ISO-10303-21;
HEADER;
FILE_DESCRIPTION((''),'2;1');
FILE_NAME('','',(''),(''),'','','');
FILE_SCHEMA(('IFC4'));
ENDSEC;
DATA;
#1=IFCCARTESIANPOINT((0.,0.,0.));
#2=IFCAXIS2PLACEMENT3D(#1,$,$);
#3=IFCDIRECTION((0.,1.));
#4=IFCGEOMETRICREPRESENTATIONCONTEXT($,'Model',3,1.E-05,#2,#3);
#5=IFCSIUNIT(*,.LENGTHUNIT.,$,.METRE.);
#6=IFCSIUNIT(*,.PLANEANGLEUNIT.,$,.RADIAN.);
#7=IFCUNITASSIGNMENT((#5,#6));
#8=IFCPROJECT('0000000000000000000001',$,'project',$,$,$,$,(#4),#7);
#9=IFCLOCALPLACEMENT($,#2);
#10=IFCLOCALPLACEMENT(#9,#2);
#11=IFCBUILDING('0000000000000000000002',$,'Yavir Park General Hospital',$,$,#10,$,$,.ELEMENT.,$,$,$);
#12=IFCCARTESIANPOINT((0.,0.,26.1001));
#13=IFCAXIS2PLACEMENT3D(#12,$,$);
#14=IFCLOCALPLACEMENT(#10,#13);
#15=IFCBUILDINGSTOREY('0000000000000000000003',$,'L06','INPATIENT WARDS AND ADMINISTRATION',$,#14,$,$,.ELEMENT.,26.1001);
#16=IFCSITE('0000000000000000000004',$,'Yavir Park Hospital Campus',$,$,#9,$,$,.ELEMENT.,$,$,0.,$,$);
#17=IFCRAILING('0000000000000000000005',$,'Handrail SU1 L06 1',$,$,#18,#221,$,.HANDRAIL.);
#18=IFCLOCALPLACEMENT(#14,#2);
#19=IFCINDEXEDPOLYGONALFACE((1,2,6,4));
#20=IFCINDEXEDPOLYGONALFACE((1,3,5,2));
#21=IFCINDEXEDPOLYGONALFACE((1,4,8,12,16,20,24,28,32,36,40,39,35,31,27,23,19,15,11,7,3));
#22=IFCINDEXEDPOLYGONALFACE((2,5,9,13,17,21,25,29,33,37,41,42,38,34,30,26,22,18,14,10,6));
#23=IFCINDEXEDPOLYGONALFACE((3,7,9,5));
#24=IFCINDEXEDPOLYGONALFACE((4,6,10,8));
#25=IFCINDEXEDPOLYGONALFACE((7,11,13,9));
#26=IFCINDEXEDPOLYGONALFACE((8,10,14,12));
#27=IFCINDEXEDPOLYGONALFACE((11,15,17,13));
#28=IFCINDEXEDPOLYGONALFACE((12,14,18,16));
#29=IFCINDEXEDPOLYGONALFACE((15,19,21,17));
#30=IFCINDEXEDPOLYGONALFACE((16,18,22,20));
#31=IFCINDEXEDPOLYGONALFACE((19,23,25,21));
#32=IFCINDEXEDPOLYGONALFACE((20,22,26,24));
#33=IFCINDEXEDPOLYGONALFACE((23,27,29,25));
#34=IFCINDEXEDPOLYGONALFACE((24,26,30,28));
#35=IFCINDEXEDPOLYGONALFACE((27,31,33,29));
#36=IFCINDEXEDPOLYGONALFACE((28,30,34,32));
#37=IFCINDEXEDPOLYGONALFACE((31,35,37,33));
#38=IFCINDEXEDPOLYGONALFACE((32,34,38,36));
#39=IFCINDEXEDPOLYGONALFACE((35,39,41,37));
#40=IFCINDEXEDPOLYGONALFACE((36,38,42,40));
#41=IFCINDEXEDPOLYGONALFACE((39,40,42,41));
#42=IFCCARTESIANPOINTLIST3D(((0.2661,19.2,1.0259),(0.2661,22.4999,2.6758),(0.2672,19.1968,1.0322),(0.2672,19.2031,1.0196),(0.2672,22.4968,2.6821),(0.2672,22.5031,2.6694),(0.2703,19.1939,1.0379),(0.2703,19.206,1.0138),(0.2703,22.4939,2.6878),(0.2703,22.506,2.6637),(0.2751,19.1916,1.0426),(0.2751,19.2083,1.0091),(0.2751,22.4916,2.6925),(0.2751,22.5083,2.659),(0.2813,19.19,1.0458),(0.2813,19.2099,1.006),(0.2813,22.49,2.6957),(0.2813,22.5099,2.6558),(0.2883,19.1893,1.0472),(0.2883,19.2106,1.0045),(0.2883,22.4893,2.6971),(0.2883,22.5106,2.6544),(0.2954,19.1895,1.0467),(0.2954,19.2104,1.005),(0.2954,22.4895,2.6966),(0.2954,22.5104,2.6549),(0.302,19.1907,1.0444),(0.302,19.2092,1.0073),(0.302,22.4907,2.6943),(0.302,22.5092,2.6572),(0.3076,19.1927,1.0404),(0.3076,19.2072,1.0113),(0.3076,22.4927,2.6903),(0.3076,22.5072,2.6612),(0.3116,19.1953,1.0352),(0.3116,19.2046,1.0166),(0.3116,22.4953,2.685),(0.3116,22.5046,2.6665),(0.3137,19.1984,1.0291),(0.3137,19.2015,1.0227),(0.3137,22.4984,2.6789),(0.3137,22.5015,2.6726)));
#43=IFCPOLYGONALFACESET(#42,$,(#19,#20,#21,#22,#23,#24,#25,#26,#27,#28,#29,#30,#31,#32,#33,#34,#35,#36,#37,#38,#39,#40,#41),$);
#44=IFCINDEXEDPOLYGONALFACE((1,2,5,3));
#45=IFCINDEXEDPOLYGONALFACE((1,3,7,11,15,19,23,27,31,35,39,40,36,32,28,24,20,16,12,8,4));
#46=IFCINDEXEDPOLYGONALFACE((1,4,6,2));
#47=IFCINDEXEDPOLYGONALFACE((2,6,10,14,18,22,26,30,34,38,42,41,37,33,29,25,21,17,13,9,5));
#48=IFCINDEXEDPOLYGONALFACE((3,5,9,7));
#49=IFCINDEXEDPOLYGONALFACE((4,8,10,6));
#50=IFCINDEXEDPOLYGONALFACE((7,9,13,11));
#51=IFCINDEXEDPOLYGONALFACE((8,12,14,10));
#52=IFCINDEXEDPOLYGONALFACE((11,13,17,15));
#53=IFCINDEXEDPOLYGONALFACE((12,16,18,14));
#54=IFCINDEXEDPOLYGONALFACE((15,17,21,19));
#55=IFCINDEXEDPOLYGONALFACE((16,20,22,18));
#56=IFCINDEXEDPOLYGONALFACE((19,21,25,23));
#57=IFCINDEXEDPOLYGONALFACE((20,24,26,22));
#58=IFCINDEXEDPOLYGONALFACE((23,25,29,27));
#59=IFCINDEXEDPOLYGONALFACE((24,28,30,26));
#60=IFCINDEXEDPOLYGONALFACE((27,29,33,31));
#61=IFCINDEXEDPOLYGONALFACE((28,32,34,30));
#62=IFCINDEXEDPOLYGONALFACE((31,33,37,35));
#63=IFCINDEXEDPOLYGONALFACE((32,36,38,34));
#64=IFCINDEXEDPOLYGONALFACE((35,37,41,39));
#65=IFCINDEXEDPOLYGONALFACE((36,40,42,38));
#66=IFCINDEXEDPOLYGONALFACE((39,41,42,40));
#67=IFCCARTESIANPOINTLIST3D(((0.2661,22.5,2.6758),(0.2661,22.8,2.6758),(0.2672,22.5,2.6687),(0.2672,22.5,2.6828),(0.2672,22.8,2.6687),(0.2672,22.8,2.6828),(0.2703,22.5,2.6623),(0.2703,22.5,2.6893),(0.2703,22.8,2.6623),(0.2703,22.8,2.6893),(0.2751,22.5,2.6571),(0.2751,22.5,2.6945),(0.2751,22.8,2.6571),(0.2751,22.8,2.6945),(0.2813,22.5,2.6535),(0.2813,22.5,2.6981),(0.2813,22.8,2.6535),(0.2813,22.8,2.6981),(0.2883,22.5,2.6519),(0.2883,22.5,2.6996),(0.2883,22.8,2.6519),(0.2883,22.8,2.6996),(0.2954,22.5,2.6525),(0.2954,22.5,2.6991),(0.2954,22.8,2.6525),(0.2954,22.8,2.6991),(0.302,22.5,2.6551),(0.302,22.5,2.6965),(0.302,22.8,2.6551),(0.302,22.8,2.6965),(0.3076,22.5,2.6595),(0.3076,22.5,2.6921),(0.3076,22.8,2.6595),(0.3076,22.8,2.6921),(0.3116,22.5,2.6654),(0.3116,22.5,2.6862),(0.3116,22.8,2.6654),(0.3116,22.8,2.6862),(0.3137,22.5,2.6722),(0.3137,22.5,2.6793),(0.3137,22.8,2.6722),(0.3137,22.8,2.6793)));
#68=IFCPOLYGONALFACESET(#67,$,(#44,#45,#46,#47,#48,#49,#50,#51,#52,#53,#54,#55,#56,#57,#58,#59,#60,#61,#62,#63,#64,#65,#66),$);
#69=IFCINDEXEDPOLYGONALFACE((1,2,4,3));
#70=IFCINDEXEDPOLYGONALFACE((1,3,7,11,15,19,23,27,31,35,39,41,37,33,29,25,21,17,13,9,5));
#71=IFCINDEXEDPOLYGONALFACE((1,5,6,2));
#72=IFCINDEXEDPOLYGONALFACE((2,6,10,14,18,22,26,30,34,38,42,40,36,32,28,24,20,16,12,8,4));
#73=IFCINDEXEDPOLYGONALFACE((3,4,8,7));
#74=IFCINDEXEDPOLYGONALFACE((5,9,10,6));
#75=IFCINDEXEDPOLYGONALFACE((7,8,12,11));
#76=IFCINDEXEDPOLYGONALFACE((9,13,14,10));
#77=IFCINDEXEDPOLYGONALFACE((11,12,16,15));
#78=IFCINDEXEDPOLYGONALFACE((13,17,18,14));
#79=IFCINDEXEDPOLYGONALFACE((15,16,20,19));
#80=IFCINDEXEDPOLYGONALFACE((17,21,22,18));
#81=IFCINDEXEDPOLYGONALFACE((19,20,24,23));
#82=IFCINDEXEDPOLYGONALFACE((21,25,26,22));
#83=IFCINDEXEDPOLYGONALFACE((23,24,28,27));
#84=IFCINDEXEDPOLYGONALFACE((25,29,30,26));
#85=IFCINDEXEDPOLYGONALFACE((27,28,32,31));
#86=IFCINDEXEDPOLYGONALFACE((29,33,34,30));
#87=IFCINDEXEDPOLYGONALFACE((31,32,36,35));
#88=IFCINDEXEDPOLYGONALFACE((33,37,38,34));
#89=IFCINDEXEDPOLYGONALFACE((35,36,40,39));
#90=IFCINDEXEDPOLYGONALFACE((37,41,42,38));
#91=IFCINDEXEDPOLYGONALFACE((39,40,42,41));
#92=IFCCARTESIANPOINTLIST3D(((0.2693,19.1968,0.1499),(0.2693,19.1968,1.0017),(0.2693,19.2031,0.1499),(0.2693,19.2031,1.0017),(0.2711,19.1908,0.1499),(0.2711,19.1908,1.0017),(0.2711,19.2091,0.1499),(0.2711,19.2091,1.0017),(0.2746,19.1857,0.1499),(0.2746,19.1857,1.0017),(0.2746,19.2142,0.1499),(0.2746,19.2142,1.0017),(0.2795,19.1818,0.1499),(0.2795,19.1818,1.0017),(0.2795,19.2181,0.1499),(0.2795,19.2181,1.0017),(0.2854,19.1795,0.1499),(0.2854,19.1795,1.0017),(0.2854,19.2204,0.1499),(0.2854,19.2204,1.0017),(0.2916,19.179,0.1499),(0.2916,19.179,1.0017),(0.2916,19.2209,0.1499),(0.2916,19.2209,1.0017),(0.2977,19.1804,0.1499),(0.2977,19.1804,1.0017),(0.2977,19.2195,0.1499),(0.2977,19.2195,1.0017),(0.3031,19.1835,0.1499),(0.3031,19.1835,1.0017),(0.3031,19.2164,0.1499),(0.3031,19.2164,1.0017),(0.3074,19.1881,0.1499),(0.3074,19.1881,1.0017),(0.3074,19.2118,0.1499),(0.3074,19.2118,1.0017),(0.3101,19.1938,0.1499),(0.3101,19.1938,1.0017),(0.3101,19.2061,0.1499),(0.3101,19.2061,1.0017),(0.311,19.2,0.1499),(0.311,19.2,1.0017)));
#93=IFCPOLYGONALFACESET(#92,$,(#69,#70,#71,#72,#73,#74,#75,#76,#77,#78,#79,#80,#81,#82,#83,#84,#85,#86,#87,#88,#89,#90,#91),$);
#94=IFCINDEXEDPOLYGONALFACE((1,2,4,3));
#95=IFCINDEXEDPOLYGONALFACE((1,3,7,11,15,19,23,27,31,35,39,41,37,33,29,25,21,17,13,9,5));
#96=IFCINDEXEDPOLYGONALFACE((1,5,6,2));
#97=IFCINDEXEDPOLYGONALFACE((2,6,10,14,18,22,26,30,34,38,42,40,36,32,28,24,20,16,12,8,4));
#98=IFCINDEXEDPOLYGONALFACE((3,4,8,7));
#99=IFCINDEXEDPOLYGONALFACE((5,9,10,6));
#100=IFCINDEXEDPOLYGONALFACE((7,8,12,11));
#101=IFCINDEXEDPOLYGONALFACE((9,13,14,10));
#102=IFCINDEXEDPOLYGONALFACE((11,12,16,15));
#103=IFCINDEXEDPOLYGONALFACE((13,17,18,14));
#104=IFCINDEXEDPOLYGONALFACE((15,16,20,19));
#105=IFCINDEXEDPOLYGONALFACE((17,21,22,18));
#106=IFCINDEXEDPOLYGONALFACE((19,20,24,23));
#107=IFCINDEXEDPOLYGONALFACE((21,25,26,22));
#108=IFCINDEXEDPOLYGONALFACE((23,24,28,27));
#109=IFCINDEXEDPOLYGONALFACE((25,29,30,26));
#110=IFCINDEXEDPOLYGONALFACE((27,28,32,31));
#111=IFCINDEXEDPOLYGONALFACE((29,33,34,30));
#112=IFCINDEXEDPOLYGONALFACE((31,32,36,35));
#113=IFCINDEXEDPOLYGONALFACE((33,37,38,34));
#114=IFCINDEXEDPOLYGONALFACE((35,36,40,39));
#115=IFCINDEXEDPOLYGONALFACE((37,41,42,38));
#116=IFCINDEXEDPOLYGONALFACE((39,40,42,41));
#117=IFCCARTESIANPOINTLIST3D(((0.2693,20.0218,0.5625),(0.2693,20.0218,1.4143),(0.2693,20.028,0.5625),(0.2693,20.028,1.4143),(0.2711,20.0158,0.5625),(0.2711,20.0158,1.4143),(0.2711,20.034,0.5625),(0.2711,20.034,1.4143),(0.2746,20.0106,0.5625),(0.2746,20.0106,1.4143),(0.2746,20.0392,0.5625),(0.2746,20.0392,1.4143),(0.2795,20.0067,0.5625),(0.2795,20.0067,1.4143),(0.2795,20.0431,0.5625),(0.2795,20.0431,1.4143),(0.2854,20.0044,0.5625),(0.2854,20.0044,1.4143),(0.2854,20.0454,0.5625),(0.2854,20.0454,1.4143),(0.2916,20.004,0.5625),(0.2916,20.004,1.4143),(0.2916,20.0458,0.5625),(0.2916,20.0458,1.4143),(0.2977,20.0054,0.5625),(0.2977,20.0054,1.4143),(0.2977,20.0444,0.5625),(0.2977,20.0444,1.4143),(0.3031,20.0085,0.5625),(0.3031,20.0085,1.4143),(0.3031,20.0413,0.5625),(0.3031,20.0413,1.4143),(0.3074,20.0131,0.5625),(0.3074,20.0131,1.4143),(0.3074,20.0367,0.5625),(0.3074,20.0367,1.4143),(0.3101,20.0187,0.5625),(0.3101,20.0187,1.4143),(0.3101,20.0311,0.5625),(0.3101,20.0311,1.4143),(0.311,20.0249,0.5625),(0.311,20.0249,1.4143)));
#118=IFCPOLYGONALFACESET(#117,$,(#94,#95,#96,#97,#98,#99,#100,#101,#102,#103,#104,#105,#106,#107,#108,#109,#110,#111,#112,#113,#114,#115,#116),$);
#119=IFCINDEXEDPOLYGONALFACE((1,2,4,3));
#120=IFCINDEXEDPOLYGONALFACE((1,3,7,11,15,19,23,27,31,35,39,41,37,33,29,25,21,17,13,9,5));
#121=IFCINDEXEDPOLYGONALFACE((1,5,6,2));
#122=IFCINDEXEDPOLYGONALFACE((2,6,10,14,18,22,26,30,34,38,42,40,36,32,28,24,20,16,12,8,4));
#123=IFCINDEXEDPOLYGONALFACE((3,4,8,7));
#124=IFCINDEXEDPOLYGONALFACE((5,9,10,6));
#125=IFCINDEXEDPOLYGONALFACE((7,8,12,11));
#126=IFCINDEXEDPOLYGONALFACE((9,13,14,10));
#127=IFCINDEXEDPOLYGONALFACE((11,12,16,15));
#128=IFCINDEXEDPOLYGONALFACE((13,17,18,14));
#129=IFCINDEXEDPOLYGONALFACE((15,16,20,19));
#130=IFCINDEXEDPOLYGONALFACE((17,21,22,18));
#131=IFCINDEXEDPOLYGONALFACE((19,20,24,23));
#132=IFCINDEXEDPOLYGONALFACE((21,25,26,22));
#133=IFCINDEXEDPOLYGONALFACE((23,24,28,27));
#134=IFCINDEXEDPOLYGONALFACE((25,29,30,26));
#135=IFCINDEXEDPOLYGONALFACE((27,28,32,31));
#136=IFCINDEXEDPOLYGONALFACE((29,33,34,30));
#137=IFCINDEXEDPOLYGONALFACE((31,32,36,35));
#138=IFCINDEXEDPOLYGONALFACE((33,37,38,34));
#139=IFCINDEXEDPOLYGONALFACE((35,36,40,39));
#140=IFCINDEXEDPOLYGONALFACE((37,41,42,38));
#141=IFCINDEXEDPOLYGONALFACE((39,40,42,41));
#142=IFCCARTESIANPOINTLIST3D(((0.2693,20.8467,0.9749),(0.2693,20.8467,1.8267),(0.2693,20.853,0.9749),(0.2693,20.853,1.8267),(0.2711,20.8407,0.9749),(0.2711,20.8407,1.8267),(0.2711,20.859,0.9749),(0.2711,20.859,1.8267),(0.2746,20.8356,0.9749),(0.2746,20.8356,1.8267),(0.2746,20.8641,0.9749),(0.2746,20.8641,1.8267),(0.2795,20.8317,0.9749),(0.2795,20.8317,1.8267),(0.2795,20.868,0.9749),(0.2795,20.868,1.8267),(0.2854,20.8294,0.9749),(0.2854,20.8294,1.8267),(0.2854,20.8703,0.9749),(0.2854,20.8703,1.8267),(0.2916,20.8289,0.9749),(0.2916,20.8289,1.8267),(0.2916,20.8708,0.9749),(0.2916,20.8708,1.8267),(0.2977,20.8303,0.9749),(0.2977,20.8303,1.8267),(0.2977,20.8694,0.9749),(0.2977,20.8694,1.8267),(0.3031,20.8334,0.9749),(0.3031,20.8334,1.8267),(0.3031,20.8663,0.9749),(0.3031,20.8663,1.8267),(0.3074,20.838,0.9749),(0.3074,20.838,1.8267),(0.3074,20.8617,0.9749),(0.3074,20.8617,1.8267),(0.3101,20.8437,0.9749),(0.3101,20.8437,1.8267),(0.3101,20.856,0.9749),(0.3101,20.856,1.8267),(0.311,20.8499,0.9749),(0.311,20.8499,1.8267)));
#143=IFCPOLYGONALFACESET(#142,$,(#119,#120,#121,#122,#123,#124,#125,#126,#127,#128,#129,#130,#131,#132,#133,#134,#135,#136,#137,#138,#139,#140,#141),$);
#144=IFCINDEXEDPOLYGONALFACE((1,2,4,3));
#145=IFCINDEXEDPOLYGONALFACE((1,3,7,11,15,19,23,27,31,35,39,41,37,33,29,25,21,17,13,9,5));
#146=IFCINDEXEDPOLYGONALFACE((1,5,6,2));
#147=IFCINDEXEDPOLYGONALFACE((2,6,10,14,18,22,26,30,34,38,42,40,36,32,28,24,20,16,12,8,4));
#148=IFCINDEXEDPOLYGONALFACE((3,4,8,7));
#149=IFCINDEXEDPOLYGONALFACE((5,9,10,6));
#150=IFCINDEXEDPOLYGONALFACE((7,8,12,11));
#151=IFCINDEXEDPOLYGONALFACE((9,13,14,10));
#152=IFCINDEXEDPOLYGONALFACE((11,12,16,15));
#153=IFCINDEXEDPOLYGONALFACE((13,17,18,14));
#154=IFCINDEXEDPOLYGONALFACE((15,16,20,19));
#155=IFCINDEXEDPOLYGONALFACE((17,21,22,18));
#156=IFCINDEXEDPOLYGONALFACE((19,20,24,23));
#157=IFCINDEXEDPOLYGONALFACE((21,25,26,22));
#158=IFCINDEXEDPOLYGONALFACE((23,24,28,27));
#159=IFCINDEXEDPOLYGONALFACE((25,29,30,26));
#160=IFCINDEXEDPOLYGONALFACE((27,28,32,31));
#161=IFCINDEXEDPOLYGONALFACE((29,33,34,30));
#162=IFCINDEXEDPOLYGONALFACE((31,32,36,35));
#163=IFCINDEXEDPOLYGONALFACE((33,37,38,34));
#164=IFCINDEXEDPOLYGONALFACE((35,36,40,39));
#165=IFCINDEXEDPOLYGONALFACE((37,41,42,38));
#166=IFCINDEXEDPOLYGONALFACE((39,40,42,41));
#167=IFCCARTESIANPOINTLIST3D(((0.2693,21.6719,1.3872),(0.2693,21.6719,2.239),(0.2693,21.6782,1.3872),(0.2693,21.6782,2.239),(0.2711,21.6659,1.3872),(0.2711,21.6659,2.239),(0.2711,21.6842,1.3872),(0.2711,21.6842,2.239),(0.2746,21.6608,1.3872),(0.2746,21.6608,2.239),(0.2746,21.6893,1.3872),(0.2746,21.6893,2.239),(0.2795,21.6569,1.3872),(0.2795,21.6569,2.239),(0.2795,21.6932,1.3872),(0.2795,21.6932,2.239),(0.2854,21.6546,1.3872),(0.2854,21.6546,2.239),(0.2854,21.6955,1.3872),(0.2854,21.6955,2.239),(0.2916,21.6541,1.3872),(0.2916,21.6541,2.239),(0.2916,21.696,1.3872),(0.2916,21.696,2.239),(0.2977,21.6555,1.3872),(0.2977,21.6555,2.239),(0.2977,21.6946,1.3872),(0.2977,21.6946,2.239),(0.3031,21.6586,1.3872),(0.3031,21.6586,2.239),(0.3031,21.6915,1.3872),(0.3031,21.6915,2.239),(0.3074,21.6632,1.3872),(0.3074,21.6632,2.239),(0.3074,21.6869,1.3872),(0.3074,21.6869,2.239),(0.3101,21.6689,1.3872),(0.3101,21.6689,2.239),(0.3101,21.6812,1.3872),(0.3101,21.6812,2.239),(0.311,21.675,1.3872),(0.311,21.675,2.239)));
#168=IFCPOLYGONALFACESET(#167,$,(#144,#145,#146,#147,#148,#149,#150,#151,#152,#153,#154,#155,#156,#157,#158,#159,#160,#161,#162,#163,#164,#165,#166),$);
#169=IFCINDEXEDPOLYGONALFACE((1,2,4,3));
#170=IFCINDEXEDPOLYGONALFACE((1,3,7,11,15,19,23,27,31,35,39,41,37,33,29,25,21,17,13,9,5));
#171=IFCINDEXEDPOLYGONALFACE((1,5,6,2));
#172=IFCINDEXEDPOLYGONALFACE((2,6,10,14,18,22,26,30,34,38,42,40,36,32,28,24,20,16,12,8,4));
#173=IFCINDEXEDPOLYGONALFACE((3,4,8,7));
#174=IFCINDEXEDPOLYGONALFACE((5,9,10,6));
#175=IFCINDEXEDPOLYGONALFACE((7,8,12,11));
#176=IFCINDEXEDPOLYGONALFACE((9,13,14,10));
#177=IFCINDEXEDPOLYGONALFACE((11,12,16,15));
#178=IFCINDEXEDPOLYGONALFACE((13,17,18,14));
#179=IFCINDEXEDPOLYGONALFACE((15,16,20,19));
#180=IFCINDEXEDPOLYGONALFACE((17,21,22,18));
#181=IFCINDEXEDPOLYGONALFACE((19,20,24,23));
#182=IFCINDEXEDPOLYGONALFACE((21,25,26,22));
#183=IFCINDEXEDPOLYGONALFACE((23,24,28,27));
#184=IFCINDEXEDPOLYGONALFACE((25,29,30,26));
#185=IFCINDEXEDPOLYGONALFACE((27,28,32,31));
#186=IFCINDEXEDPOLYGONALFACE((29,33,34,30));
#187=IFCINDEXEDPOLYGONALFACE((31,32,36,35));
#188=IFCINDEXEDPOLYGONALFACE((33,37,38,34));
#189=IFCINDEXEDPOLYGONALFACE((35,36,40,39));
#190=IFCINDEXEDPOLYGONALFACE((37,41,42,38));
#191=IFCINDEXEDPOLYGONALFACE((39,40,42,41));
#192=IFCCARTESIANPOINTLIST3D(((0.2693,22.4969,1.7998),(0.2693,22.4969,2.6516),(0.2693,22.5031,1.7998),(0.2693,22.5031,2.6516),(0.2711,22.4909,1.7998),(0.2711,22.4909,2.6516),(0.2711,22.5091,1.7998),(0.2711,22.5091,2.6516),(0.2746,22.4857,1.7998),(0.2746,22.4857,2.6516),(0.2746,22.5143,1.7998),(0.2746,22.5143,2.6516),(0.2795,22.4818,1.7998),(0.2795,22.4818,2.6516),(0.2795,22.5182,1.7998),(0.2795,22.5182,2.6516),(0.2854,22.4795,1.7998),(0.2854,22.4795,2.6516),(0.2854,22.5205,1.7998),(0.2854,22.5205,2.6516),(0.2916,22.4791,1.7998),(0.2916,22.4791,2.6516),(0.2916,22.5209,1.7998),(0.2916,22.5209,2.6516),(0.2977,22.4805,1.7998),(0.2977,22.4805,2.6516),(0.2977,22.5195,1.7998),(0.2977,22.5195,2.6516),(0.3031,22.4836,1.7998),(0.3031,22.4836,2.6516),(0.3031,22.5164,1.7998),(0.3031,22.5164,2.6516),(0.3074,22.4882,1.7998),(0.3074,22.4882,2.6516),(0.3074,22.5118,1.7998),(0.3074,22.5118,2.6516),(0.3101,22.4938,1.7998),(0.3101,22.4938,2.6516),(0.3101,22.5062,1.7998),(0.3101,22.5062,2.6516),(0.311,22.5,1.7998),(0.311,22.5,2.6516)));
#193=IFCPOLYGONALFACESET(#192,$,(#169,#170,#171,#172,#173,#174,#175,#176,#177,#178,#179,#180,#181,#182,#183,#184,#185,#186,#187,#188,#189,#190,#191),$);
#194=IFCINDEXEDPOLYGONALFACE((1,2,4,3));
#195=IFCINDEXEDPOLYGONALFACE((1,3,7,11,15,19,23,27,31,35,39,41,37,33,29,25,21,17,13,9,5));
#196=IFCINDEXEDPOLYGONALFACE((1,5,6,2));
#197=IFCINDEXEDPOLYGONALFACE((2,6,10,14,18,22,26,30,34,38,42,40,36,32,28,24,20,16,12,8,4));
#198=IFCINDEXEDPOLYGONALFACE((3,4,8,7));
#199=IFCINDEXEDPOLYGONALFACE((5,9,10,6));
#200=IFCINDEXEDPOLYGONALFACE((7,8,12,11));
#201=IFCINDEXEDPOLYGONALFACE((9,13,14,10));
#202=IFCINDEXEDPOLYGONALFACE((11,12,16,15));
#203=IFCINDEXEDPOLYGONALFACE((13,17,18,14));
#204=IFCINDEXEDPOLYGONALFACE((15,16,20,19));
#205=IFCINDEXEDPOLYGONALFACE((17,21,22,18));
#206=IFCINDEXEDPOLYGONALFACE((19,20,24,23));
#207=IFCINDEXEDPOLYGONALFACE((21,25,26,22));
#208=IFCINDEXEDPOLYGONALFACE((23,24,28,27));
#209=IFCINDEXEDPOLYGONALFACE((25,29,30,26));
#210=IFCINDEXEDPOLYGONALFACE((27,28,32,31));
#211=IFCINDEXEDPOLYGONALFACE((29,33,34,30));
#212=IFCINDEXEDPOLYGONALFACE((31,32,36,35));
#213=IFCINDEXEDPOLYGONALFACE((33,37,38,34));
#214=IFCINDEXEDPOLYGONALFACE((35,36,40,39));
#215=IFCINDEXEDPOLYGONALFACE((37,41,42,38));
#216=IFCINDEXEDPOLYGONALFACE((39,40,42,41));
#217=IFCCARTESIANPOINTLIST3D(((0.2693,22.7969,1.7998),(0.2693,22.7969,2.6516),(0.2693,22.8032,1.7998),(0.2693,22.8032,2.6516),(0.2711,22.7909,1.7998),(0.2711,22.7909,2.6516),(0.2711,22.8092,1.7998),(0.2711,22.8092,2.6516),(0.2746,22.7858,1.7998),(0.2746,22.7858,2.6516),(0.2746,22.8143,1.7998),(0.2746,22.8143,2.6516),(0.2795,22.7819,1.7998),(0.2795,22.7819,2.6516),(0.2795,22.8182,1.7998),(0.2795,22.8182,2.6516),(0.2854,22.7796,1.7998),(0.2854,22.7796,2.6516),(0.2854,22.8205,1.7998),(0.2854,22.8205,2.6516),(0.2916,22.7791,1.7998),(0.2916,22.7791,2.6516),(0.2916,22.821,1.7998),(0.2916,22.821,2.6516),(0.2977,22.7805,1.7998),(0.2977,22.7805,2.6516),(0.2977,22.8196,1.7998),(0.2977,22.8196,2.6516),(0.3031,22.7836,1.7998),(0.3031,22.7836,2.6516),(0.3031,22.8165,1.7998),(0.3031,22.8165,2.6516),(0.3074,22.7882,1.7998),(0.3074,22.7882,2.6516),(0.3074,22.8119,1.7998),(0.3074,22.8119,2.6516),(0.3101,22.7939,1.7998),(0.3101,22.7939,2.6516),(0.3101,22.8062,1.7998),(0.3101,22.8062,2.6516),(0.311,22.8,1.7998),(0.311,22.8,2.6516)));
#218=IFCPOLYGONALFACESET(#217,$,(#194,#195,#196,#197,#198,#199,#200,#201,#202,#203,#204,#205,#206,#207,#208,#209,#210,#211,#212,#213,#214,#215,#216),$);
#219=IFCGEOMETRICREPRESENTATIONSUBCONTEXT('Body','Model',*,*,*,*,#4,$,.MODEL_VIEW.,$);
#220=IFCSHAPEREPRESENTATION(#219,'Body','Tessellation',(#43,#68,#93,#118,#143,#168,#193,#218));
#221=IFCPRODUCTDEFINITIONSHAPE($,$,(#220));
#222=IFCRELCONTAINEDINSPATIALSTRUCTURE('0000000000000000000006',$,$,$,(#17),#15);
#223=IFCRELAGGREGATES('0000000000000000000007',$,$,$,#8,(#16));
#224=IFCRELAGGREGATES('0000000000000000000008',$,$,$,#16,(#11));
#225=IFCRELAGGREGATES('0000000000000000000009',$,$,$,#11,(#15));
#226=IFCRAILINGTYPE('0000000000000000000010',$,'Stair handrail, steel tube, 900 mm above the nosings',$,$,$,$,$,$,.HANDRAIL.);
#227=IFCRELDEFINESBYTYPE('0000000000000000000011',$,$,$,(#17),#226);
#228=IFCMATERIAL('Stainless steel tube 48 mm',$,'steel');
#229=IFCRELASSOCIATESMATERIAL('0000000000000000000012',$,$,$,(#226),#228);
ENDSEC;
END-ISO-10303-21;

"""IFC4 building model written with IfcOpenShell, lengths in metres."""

from ifc_helpers import new_model, si_unit, direction, frame, origin, origin_2d, place, context, subcontext, project, spatial, circle, extrude, material, type_object, element, save


model = new_model("IFC4")

# Units and contexts
model_context = context("Model", 3, precision=1e-05, world=origin(), true_north=direction((0.0, 1.0)))
body_context = subcontext(model_context, "Body", "Model", "MODEL_VIEW")
ifc_project = project(units=[si_unit("LENGTHUNIT", "METRE"), si_unit("PLANEANGLEUNIT", "RADIAN")], contexts=[model_context])

# Site, building, storey
site_placement = place(None, origin())
site = spatial("IfcSite", under=ifc_project, at=site_placement, Name="Yavir Park Hospital Campus", CompositionType="ELEMENT", RefElevation=0.0)
building_placement = place(site_placement, origin())
building = spatial("IfcBuilding", under=site, at=building_placement, Name="Yavir Park General Hospital", CompositionType="ELEMENT")
storey_placement = place(building_placement, frame((0.0, 0.0, 26.1001)))
storey = spatial("IfcBuildingStorey", under=building, at=storey_placement, Name="L06", Description="INPATIENT WARDS AND ADMINISTRATION", CompositionType="ELEMENT", Elevation=26.1001)

# Railing
ifc_material_1 = material(Name="Stainless steel tube 48 mm", Category="steel")
railing_type_1 = type_object("IfcRailingType", Name="Stair handrail, steel tube, 900 mm above the nosings", PredefinedType="HANDRAIL", material=ifc_material_1)
railing_1_placement = place(storey_placement, frame((0.29, 19.2, 0.1499)))
element("IfcRailing", 1, at=railing_1_placement, inside=storey, type_object=railing_type_1, Name="Handrail SU1 L06 1", PredefinedType="HANDRAIL", context=body_context, shape_type="SweptSolid", body=[
    extrude(circle(Radius=0.0239, at=origin_2d()), frame((0.0, 0.0, 0.876), z_axis=(0.0, 0.89444, 0.447187), x_axis=(-1.0, 0.0, 0.0)), (0.0, 0.0, 1.0), 3.6895),
    extrude(circle(Radius=0.0239, at=origin_2d()), frame((0.0, 3.3, 2.5259), z_axis=(0.0, 1.0, 0.0), x_axis=(-1.0, 0.0, 0.0)), (0.0, 0.0, 1.0), 0.3),
    extrude(circle(Radius=0.021, at=origin_2d()), origin(), (0.0, 0.0, 1.0), 0.8518),
    extrude(circle(Radius=0.021, at=origin_2d()), frame((0.0, 0.825, 0.4126)), (0.0, 0.0, 1.0), 0.8518),
    extrude(circle(Radius=0.021, at=origin_2d()), frame((0.0, 1.6499, 0.825)), (0.0, 0.0, 1.0), 0.8518),
    extrude(circle(Radius=0.021, at=origin_2d()), frame((0.0, 2.4751, 1.2373)), (0.0, 0.0, 1.0), 0.8518),
    extrude(circle(Radius=0.021, at=origin_2d()), frame((0.0, 3.3, 1.6499)), (0.0, 0.0, 1.0), 0.8518),
    extrude(circle(Radius=0.021, at=origin_2d()), frame((0.0, 3.6001, 1.6499)), (0.0, 0.0, 1.0), 0.8518),
])

save(model, "model.ifc")
